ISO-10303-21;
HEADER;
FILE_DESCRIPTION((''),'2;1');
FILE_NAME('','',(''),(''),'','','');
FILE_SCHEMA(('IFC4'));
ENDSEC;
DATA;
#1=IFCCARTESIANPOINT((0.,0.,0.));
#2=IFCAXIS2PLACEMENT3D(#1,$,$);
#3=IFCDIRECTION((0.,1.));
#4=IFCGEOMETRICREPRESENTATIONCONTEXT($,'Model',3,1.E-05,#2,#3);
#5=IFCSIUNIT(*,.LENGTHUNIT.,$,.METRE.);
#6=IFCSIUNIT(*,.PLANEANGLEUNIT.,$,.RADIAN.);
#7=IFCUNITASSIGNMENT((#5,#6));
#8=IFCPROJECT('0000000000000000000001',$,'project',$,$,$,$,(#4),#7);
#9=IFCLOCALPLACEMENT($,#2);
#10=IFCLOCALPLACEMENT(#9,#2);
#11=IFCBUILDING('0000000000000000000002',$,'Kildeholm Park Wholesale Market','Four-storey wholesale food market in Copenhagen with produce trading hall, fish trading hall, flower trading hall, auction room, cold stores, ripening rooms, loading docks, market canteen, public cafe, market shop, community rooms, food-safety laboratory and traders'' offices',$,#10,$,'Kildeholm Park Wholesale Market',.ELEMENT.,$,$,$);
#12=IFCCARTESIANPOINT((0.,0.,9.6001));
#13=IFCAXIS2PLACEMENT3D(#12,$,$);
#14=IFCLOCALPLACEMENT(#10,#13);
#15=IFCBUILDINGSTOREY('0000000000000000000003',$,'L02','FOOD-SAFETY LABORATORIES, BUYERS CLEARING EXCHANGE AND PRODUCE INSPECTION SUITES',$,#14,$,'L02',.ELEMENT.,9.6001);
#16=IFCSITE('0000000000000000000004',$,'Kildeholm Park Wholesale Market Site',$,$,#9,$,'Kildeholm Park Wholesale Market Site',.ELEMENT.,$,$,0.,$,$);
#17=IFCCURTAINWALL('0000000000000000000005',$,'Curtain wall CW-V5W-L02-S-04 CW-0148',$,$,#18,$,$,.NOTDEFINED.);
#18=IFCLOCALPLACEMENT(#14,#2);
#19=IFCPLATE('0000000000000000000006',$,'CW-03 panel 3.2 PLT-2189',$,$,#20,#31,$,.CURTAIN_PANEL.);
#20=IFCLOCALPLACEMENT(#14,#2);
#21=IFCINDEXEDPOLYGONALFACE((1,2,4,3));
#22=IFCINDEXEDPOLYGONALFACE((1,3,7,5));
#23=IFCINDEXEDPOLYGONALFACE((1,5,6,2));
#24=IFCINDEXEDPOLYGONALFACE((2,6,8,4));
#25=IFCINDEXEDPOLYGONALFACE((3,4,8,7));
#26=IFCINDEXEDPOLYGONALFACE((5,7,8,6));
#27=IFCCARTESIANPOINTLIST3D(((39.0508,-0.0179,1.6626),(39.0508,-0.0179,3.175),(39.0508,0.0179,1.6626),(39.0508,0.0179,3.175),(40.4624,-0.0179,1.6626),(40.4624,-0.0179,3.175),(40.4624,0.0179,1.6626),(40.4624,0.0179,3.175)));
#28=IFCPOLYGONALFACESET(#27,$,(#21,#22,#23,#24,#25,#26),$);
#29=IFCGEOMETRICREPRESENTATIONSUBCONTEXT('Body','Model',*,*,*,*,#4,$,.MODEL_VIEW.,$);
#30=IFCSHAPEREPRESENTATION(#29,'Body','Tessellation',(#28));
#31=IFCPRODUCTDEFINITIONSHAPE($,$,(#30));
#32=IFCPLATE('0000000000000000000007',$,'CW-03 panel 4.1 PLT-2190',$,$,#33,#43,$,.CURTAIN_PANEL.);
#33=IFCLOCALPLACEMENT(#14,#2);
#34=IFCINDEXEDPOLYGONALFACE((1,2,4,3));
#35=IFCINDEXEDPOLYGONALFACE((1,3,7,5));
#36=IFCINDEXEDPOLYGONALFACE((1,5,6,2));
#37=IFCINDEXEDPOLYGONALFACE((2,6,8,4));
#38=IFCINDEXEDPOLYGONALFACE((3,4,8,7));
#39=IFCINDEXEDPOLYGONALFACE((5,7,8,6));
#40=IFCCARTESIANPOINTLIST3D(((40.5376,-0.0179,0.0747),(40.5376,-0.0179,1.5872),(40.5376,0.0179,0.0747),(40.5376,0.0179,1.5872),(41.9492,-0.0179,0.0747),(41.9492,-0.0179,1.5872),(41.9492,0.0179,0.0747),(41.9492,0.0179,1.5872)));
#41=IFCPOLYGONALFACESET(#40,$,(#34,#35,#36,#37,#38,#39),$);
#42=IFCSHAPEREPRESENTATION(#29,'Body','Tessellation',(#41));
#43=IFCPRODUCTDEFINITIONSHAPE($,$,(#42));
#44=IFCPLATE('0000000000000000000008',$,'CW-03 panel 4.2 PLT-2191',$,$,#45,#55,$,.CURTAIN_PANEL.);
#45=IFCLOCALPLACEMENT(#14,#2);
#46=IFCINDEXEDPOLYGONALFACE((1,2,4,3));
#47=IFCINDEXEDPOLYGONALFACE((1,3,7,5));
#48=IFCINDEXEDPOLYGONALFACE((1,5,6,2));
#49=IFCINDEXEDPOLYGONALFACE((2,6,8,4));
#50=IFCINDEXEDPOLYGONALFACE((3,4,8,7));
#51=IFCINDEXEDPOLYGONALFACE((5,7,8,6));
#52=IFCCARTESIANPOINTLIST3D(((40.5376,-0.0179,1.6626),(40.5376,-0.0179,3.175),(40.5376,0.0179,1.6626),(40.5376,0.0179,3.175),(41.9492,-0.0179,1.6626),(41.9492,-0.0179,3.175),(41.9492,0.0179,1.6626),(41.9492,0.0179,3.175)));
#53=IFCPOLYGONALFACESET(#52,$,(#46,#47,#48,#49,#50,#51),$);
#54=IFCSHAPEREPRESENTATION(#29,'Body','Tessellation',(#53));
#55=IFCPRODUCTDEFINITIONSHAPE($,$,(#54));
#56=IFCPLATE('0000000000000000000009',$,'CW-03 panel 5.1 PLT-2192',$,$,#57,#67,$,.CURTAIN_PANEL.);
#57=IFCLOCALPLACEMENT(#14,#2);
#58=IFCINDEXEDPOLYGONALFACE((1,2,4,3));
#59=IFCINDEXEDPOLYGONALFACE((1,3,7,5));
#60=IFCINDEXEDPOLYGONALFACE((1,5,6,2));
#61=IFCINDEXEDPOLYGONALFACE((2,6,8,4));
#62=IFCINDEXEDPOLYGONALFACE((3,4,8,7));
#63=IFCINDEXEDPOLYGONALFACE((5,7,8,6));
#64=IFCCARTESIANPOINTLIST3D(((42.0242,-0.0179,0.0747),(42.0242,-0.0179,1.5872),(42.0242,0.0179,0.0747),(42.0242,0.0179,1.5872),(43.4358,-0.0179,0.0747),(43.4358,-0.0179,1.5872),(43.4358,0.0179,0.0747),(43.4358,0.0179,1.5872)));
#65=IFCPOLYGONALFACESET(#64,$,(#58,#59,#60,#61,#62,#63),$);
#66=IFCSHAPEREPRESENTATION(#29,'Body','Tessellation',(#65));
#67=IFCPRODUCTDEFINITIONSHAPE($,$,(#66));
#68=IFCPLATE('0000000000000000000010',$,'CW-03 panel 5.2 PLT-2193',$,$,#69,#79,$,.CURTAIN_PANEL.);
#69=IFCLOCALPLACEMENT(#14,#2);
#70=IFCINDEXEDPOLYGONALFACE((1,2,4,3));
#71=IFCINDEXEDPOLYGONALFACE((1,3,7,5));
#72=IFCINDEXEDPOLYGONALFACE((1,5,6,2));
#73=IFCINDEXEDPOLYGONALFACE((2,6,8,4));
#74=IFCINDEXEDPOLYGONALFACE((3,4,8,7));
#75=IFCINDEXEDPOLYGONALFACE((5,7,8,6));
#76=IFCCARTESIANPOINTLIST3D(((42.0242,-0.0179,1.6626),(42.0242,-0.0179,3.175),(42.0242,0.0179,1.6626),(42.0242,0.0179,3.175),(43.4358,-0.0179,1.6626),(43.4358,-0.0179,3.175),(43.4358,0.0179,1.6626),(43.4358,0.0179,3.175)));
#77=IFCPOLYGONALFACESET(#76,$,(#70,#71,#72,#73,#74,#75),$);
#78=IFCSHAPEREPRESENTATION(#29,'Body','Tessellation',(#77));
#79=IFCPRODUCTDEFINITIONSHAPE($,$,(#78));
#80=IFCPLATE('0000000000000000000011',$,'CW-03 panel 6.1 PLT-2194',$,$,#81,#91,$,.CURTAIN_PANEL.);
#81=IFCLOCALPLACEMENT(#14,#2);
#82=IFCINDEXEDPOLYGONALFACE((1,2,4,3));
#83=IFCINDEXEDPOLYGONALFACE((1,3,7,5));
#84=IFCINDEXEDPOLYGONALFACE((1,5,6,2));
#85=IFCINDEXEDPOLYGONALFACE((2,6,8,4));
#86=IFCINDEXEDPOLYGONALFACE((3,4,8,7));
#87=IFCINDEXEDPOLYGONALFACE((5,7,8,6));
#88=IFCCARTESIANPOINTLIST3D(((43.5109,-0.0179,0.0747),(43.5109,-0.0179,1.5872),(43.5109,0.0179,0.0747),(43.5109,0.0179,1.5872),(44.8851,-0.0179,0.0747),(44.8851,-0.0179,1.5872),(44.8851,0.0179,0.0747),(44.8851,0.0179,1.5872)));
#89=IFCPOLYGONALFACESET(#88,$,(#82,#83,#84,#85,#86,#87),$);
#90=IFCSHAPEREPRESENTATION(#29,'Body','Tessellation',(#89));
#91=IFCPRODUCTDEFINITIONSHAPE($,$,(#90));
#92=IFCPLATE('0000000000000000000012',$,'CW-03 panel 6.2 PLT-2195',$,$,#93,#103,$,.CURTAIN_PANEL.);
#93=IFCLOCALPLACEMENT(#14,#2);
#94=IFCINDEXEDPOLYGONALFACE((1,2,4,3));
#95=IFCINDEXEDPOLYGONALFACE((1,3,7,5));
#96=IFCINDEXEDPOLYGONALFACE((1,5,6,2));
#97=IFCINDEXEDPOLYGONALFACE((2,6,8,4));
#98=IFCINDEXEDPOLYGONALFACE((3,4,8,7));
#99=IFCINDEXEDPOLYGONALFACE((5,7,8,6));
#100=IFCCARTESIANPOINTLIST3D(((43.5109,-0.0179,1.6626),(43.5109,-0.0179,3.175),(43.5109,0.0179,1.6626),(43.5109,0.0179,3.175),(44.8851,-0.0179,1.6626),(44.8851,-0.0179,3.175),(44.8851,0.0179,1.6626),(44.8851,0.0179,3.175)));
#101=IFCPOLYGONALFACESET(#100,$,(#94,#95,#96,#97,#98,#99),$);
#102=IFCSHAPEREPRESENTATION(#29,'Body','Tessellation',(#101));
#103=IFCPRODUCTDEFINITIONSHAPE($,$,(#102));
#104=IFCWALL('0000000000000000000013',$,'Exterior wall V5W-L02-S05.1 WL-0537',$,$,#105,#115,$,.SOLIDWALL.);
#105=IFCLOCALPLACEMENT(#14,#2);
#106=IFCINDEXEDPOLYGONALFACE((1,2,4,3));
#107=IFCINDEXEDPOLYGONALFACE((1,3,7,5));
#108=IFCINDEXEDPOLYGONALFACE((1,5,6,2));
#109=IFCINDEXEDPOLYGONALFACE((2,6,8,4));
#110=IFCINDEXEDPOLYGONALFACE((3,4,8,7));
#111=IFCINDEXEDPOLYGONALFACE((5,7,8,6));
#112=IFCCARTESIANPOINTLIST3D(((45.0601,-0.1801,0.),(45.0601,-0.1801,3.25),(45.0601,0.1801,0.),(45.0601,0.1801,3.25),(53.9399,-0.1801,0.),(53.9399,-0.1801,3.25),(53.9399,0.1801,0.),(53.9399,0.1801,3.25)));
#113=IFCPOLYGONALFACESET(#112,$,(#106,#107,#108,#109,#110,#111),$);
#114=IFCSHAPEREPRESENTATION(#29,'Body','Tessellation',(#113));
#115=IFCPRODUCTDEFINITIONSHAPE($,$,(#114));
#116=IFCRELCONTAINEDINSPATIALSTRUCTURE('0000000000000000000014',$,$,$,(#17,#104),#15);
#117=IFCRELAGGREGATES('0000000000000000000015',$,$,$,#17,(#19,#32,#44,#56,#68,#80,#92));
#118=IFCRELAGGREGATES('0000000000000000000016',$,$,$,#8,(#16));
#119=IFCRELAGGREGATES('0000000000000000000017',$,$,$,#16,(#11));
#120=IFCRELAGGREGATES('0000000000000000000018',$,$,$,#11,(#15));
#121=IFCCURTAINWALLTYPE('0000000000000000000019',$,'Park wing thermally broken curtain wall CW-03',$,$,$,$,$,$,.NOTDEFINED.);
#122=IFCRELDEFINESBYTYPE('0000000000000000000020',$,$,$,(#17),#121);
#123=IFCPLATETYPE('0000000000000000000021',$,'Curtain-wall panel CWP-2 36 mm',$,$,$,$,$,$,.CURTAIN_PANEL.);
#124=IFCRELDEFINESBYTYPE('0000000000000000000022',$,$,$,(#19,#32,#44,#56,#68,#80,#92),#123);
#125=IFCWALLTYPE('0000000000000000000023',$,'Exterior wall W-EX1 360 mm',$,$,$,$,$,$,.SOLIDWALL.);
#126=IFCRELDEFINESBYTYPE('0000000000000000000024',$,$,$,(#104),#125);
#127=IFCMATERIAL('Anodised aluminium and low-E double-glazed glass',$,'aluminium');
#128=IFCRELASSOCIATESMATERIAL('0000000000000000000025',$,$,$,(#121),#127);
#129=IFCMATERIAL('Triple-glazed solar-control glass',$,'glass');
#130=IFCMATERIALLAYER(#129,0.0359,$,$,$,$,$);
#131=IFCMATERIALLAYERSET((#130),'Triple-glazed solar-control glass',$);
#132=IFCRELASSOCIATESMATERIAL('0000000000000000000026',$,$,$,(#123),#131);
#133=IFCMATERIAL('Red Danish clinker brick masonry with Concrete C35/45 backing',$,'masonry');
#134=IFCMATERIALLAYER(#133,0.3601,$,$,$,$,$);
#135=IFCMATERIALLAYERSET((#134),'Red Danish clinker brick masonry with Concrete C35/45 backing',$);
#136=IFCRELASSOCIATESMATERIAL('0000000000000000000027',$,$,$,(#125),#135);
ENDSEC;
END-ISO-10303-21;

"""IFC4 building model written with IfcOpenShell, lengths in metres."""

from ifc_helpers import new_model, si_unit, direction, frame, frame_2d, origin, origin_2d, place, context, subcontext, project, spatial, rectangle, extrude, material, layer, layer_set, type_object, element, aggregate, save


model = new_model("IFC4")

# Units and contexts
model_context = context("Model", 3, precision=1e-05, world=origin(), true_north=direction((0.0, 1.0)))
body_context = subcontext(model_context, "Body", "Model", "MODEL_VIEW")
ifc_project = project(units=[si_unit("LENGTHUNIT", "METRE"), si_unit("PLANEANGLEUNIT", "RADIAN")], contexts=[model_context])

# Site, building, storey
site_placement = place(None, origin())
site = spatial("IfcSite", under=ifc_project, at=site_placement, Name="Kildeholm Park Wholesale Market Site", LongName="Kildeholm Park Wholesale Market Site", CompositionType="ELEMENT", RefElevation=0.0)
building_placement = place(site_placement, origin())
building = spatial("IfcBuilding", under=site, at=building_placement, Name="Kildeholm Park Wholesale Market", Description="Four-storey wholesale food market in Copenhagen with produce trading hall, fish trading hall, flower trading hall, auction room, cold stores, ripening rooms, loading docks, market canteen, public cafe, market shop, community rooms, food-safety laboratory and traders' offices", LongName="Kildeholm Park Wholesale Market", CompositionType="ELEMENT")
storey_placement = place(building_placement, frame((0.0, 0.0, 9.6001)))
storey = spatial("IfcBuildingStorey", under=building, at=storey_placement, Name="L02", Description="FOOD-SAFETY LABORATORIES, BUYERS CLEARING EXCHANGE AND PRODUCE INSPECTION SUITES", LongName="L02", CompositionType="ELEMENT", Elevation=9.6001)

# Curtain wall, plates
ifc_material_1 = material(Name="Anodised aluminium and low-E double-glazed glass", Category="aluminium")
curtain_wall_type = type_object("IfcCurtainWallType", Name="Park wing thermally broken curtain wall CW-03", PredefinedType="NOTDEFINED", material=ifc_material_1)
curtain_wall_placement = place(storey_placement, origin())
curtain_wall = element("IfcCurtainWall", 1, at=curtain_wall_placement, inside=storey, type_object=curtain_wall_type, Name="Curtain wall CW-V5W-L02-S-04 CW-0148", PredefinedType="NOTDEFINED")
ifc_material_2 = material(Name="Triple-glazed solar-control glass", Category="glass")
ifc_layer_1 = layer(ifc_material_2, 0.0359)
ifc_layer_set_1 = layer_set([ifc_layer_1], Name="Triple-glazed solar-control glass")
plate_type = type_object("IfcPlateType", Name="Curtain-wall panel CWP-2 36 mm", PredefinedType="CURTAIN_PANEL", material=ifc_layer_set_1)
plate_1_placement = place(storey_placement, frame((39.7566, 0.0, 1.6626), z_axis=(0.0, 0.0, 1.0), x_axis=(1.0, 0.0, 0.0)))
plate_1 = element("IfcPlate", 2, at=plate_1_placement, type_object=plate_type, Name="CW-03 panel 3.2 PLT-2189", PredefinedType="CURTAIN_PANEL", context=body_context, shape_type="SweptSolid", body=[
    extrude(rectangle(XDim=1.4116, YDim=0.0359, at=origin_2d()), origin(), (0.0, 0.0, 1.0), 1.5125),
])
plate_2_placement = place(storey_placement, frame((41.2434, 0.0, 0.0747), z_axis=(0.0, 0.0, 1.0), x_axis=(1.0, 0.0, 0.0)))
plate_2 = element("IfcPlate", 3, at=plate_2_placement, type_object=plate_type, Name="CW-03 panel 4.1 PLT-2190", PredefinedType="CURTAIN_PANEL", context=body_context, shape_type="SweptSolid", body=[
    extrude(rectangle(XDim=1.4116, YDim=0.0359, at=origin_2d()), origin(), (0.0, 0.0, 1.0), 1.5125),
])
plate_3_placement = place(storey_placement, frame((41.2434, 0.0, 1.6626), z_axis=(0.0, 0.0, 1.0), x_axis=(1.0, 0.0, 0.0)))
plate_3 = element("IfcPlate", 4, at=plate_3_placement, type_object=plate_type, Name="CW-03 panel 4.2 PLT-2191", PredefinedType="CURTAIN_PANEL", context=body_context, shape_type="SweptSolid", body=[
    extrude(rectangle(XDim=1.4116, YDim=0.0359, at=origin_2d()), origin(), (0.0, 0.0, 1.0), 1.5125),
])
plate_4_placement = place(storey_placement, frame((42.73, 0.0, 0.0747), z_axis=(0.0, 0.0, 1.0), x_axis=(1.0, 0.0, 0.0)))
plate_4 = element("IfcPlate", 5, at=plate_4_placement, type_object=plate_type, Name="CW-03 panel 5.1 PLT-2192", PredefinedType="CURTAIN_PANEL", context=body_context, shape_type="SweptSolid", body=[
    extrude(rectangle(XDim=1.4116, YDim=0.0359, at=origin_2d()), origin(), (0.0, 0.0, 1.0), 1.5125),
])
plate_5_placement = place(storey_placement, frame((42.73, 0.0, 1.6626), z_axis=(0.0, 0.0, 1.0), x_axis=(1.0, 0.0, 0.0)))
plate_5 = element("IfcPlate", 6, at=plate_5_placement, type_object=plate_type, Name="CW-03 panel 5.2 PLT-2193", PredefinedType="CURTAIN_PANEL", context=body_context, shape_type="SweptSolid", body=[
    extrude(rectangle(XDim=1.4116, YDim=0.0359, at=origin_2d()), origin(), (0.0, 0.0, 1.0), 1.5125),
])
plate_6_placement = place(storey_placement, frame((44.198, 0.0, 0.0747), z_axis=(0.0, 0.0, 1.0), x_axis=(1.0, 0.0, 0.0)))
plate_6 = element("IfcPlate", 7, at=plate_6_placement, type_object=plate_type, Name="CW-03 panel 6.1 PLT-2194", PredefinedType="CURTAIN_PANEL", context=body_context, shape_type="SweptSolid", body=[
    extrude(rectangle(XDim=1.3743, YDim=0.0359, at=origin_2d()), origin(), (0.0, 0.0, 1.0), 1.5125),
])
plate_7_placement = place(storey_placement, frame((44.198, 0.0, 1.6626), z_axis=(0.0, 0.0, 1.0), x_axis=(1.0, 0.0, 0.0)))
plate_7 = element("IfcPlate", 8, at=plate_7_placement, type_object=plate_type, Name="CW-03 panel 6.2 PLT-2195", PredefinedType="CURTAIN_PANEL", context=body_context, shape_type="SweptSolid", body=[
    extrude(rectangle(XDim=1.3743, YDim=0.0359, at=origin_2d()), origin(), (0.0, 0.0, 1.0), 1.5125),
])
aggregate(curtain_wall, [plate_1, plate_2, plate_3, plate_4, plate_5, plate_6, plate_7])

# Wall
ifc_material_3 = material(Name="Red Danish clinker brick masonry with Concrete C35/45 backing", Category="masonry")
ifc_layer_2 = layer(ifc_material_3, 0.3601)
ifc_layer_set_2 = layer_set([ifc_layer_2], Name="Red Danish clinker brick masonry with Concrete C35/45 backing")
wall_type = type_object("IfcWallType", Name="Exterior wall W-EX1 360 mm", PredefinedType="SOLIDWALL", material=ifc_layer_set_2)
wall_placement = place(storey_placement, frame((45.0601, 0.0, 0.0), z_axis=(0.0, 0.0, 1.0), x_axis=(1.0, 0.0, 0.0)))
element("IfcWall", 9, at=wall_placement, inside=storey, type_object=wall_type, Name="Exterior wall V5W-L02-S05.1 WL-0537", PredefinedType="SOLIDWALL", context=body_context, shape_type="SweptSolid", body=[
    extrude(rectangle(XDim=8.8799, YDim=0.3601, at=frame_2d((4.4399, 0.0))), origin(), (0.0, 0.0, 1.0), 3.25),
])

save(model, "model.ifc")
